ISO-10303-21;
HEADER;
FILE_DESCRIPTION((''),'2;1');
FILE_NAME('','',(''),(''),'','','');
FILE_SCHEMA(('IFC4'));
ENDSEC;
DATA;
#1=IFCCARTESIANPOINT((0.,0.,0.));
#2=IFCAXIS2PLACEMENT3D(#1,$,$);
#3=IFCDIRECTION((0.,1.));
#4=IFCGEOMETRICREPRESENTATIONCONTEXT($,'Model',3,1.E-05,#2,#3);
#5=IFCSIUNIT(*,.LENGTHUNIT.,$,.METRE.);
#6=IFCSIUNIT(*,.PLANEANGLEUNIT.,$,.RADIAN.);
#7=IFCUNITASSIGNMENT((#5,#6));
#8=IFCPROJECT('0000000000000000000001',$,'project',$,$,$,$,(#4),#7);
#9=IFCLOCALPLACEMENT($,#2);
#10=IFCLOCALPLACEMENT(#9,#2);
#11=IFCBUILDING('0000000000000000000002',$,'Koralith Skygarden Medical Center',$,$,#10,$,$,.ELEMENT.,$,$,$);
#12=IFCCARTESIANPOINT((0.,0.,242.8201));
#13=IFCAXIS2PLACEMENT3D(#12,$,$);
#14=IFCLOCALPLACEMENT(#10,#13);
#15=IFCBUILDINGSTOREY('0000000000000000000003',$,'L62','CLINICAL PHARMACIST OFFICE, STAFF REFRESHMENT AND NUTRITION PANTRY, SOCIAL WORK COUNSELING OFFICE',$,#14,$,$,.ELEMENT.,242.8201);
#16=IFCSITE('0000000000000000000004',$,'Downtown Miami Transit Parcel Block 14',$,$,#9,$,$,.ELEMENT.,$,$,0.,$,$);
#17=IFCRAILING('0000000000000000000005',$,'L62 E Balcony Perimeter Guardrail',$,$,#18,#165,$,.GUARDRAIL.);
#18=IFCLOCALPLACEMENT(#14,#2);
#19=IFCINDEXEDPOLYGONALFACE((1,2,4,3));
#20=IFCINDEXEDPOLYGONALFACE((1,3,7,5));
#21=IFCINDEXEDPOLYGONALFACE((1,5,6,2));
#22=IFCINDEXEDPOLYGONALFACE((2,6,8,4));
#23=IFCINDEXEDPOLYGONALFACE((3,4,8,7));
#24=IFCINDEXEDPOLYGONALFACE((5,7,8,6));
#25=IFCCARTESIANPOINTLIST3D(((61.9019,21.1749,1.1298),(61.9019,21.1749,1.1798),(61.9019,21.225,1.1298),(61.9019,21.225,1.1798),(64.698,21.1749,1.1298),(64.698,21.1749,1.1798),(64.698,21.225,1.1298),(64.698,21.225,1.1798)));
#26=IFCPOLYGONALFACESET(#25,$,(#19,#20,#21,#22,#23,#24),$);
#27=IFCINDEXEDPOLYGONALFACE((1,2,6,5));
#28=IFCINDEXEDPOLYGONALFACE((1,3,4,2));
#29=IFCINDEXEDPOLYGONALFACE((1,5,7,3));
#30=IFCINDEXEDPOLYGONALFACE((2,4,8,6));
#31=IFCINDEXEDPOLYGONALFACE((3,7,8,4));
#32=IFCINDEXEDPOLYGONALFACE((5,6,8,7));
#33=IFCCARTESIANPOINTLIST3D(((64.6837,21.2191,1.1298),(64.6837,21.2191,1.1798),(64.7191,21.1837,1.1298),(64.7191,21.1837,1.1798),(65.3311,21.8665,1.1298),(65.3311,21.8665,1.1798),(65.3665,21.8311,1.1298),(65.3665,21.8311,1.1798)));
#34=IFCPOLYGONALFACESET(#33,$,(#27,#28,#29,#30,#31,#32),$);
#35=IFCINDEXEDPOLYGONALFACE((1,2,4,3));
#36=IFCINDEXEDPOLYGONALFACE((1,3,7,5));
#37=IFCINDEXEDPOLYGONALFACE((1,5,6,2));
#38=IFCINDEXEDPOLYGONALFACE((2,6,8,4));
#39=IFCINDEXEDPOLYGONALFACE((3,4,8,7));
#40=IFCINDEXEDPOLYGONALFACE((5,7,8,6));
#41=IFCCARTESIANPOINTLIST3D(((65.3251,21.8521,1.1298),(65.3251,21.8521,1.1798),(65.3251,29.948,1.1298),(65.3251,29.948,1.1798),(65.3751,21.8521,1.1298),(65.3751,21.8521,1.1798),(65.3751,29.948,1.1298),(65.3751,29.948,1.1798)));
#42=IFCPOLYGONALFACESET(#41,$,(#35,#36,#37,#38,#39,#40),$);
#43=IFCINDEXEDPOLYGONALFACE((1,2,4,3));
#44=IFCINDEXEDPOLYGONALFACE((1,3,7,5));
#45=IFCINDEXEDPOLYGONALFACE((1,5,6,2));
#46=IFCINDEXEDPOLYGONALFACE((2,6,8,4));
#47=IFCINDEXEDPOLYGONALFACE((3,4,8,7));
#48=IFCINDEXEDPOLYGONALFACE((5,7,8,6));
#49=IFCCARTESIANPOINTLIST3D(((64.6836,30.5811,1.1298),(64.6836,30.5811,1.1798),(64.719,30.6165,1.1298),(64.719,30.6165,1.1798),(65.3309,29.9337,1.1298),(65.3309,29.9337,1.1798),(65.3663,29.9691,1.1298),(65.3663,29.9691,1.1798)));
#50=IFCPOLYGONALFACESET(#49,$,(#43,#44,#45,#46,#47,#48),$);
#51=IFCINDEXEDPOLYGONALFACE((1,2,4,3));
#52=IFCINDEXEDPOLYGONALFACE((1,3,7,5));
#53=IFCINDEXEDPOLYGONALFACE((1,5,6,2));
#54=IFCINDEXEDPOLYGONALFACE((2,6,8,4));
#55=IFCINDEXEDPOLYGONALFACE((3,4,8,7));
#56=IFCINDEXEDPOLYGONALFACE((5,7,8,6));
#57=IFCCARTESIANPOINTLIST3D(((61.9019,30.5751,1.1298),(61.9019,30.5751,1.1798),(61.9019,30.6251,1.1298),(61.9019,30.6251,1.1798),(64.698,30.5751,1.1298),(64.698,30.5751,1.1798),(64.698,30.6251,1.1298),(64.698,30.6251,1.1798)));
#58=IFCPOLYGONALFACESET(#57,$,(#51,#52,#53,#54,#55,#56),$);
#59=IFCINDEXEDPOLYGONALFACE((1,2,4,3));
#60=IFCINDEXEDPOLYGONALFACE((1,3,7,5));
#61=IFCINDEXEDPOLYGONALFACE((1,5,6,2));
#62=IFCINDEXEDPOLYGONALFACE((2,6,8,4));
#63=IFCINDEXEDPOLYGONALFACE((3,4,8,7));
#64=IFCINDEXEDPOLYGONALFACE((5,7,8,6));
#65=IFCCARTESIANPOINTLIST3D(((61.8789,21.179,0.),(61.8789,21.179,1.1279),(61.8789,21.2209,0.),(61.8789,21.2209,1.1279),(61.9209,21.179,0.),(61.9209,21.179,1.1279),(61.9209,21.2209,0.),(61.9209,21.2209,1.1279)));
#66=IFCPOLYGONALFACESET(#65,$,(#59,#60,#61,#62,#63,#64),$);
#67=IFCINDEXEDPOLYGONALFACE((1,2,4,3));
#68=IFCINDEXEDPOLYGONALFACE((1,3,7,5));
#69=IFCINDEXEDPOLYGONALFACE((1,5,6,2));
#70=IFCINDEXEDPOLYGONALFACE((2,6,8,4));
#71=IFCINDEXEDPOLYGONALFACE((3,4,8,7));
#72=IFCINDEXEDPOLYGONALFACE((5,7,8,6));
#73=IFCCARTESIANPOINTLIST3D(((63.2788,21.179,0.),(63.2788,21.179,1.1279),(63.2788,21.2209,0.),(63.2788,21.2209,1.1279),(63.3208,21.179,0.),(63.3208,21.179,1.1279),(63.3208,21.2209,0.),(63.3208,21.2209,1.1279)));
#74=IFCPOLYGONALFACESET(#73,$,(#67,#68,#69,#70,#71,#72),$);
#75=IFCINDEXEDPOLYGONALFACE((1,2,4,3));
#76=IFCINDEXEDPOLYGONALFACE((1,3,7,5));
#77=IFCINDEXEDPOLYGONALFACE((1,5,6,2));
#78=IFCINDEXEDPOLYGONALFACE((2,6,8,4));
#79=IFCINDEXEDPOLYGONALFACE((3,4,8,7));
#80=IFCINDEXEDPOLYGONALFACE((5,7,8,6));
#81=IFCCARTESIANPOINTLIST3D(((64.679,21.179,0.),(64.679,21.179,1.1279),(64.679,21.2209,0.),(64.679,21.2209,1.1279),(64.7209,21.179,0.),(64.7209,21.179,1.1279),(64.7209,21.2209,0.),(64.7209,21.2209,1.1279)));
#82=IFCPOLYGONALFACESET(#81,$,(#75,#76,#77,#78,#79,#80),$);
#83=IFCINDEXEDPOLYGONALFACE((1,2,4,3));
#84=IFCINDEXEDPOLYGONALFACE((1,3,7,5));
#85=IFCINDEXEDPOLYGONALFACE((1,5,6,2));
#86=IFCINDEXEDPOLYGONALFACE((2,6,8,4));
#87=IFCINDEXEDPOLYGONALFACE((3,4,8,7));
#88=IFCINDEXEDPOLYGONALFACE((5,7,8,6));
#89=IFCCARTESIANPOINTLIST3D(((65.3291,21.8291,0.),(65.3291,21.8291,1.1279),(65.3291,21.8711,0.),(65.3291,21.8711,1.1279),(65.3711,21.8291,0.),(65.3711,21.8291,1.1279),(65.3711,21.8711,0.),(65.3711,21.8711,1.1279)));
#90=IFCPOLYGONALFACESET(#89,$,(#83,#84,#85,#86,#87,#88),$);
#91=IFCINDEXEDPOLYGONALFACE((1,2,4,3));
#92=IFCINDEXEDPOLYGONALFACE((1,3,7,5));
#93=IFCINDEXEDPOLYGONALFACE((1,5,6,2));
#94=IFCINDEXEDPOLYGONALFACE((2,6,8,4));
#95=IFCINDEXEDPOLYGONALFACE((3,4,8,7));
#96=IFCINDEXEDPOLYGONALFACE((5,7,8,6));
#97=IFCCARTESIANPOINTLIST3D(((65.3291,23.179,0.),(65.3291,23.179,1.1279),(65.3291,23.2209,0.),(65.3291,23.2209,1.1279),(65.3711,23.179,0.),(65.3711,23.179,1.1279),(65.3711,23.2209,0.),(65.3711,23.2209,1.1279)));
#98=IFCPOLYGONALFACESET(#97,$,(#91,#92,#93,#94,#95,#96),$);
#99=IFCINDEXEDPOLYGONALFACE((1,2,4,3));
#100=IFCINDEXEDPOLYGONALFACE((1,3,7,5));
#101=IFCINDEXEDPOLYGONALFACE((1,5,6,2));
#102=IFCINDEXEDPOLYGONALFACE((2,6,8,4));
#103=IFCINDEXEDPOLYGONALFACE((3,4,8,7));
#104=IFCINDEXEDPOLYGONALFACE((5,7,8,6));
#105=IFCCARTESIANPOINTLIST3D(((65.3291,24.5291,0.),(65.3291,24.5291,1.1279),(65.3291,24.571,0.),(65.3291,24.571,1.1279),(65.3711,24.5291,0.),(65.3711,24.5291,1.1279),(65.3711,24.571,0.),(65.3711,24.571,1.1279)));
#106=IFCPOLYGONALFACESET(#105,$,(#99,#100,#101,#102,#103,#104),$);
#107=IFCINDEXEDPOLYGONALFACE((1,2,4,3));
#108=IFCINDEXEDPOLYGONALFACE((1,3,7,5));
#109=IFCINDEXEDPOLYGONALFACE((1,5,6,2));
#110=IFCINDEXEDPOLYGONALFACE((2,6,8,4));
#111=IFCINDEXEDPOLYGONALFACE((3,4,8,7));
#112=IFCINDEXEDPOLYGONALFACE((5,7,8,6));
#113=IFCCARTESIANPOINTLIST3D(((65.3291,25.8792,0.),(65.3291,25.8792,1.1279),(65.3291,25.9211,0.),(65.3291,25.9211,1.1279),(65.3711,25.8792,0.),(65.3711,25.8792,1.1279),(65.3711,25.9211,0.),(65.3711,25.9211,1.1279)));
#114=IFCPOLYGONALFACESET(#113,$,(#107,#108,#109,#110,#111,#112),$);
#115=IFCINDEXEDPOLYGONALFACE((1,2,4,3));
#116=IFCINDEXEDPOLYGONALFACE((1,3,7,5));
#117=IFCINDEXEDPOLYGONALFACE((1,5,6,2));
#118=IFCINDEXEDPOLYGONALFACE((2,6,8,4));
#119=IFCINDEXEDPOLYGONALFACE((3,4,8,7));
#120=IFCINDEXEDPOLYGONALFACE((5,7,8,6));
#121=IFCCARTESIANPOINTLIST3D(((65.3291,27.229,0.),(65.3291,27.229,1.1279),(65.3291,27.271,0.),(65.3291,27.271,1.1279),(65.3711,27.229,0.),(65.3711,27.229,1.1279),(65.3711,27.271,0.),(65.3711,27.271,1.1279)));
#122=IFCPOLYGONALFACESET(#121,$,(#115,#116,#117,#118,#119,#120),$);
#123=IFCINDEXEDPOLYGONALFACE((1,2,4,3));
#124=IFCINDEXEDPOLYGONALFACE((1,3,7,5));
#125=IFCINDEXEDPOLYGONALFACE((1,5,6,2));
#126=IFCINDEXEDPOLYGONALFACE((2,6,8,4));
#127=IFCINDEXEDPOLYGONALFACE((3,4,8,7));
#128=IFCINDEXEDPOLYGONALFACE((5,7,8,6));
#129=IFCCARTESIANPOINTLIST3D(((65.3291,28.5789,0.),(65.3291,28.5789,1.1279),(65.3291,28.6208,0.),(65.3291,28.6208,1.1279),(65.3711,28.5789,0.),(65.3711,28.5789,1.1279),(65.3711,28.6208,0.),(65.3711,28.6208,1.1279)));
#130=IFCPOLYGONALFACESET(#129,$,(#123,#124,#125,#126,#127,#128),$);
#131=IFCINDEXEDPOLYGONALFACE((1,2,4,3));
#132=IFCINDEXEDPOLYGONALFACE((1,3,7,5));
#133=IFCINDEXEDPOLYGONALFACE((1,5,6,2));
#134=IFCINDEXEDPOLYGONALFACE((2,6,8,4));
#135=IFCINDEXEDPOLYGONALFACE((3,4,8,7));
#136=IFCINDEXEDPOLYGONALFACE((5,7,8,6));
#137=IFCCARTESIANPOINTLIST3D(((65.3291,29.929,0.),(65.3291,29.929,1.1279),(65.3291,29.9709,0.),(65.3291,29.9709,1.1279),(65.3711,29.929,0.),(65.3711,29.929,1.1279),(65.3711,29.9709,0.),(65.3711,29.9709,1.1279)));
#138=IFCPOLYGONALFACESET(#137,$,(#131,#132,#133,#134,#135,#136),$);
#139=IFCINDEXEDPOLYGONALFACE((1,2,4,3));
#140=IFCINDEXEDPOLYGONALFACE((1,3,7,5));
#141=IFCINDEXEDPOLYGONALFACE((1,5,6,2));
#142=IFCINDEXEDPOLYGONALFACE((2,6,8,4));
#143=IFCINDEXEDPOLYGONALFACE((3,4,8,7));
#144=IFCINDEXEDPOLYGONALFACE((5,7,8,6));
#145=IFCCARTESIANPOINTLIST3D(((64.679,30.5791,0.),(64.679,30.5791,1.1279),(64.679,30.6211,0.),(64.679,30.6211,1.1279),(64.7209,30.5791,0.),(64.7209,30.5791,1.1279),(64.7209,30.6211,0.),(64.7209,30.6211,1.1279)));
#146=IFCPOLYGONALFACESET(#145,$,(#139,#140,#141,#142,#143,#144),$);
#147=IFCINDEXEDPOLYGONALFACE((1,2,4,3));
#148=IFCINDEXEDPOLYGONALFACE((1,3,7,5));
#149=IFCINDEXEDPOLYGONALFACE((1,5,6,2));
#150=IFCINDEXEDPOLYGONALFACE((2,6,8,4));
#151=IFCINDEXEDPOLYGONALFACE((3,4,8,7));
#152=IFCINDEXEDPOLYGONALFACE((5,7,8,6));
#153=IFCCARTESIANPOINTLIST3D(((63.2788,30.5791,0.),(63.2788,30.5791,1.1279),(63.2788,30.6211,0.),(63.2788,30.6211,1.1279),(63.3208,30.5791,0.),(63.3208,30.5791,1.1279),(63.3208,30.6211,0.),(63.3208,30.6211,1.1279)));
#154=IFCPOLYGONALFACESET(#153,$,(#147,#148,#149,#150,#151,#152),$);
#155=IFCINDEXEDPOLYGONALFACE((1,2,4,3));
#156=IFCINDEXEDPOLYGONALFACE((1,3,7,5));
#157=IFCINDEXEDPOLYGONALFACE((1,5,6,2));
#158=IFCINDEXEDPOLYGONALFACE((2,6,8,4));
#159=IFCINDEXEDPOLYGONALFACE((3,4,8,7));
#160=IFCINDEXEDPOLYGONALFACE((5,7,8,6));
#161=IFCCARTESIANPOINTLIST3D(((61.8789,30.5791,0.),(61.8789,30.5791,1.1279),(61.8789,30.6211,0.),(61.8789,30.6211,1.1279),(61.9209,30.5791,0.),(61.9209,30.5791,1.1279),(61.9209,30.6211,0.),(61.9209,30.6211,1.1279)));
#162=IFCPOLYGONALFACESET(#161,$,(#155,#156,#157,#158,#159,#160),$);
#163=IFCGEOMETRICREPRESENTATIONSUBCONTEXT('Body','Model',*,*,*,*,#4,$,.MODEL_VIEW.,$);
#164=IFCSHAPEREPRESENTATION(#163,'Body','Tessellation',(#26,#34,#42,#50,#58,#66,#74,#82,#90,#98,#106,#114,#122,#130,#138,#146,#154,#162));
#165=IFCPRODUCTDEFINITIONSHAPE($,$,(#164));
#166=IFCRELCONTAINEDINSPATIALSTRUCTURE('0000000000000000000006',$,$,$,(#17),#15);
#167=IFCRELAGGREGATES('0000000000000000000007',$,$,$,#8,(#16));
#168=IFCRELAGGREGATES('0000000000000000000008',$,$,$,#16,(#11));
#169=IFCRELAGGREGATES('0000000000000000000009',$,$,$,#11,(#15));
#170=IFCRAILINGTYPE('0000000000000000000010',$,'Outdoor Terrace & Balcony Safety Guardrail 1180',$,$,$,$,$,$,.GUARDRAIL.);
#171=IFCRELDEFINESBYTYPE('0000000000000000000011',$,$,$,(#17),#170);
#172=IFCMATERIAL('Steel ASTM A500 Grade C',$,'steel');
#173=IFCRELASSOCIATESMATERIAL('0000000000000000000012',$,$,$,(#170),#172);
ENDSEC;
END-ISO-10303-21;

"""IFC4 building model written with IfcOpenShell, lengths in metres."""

from ifc_helpers import new_model, si_unit, direction, frame, origin, origin_2d, place, context, subcontext, project, spatial, rectangle, extrude, material, type_object, element, save


model = new_model("IFC4")

# Units and contexts
model_context = context("Model", 3, precision=1e-05, world=origin(), true_north=direction((0.0, 1.0)))
body_context = subcontext(model_context, "Body", "Model", "MODEL_VIEW")
ifc_project = project(units=[si_unit("LENGTHUNIT", "METRE"), si_unit("PLANEANGLEUNIT", "RADIAN")], contexts=[model_context])

# Site, building, storey
site_placement = place(None, origin())
site = spatial("IfcSite", under=ifc_project, at=site_placement, Name="Downtown Miami Transit Parcel Block 14", CompositionType="ELEMENT", RefElevation=0.0)
building_placement = place(site_placement, origin())
building = spatial("IfcBuilding", under=site, at=building_placement, Name="Koralith Skygarden Medical Center", CompositionType="ELEMENT")
storey_placement = place(building_placement, frame((0.0, 0.0, 242.8201)))
storey = spatial("IfcBuildingStorey", under=building, at=storey_placement, Name="L62", Description="CLINICAL PHARMACIST OFFICE, STAFF REFRESHMENT AND NUTRITION PANTRY, SOCIAL WORK COUNSELING OFFICE", CompositionType="ELEMENT", Elevation=242.8201)

# Railing
ifc_material_1 = material(Name="Steel ASTM A500 Grade C", Category="steel")
railing_type = type_object("IfcRailingType", Name="Outdoor Terrace & Balcony Safety Guardrail 1180", PredefinedType="GUARDRAIL", material=ifc_material_1)
railing_placement = place(storey_placement, frame((61.8999, 21.2, 0.0)))
element("IfcRailing", 1, at=railing_placement, inside=storey, type_object=railing_type, Name="L62 E Balcony Perimeter Guardrail", PredefinedType="GUARDRAIL", context=body_context, shape_type="SweptSolid", body=[
    extrude(rectangle(XDim=0.05, YDim=0.05, at=origin_2d()), frame((0.002, 0.0, 1.1548), z_axis=(1.0, 0.0, 0.0), x_axis=(0.0, 1.0, 0.0)), (0.0, 0.0, 1.0), 2.7961),
    extrude(rectangle(XDim=0.05, YDim=0.05, at=origin_2d()), frame((2.8015, 0.0015, 1.1548), z_axis=(0.707107, 0.707107, 0.0), x_axis=(-0.707107, 0.707107, 0.0)), (0.0, 0.0, 1.0), 0.9155),
    extrude(rectangle(XDim=0.05, YDim=0.05, at=origin_2d()), frame((3.4502, 0.6521, 1.1548), z_axis=(0.0, 1.0, 0.0), x_axis=(-1.0, 0.0, 0.0)), (0.0, 0.0, 1.0), 8.0959),
    extrude(rectangle(XDim=0.05, YDim=0.05, at=origin_2d()), frame((3.4487, 8.7515, 1.1548), z_axis=(-0.707107, 0.707107, 0.0), x_axis=(-0.707107, -0.707107, 0.0)), (0.0, 0.0, 1.0), 0.9155),
    extrude(rectangle(XDim=0.05, YDim=0.05, at=origin_2d()), frame((2.7981, 9.4001, 1.1548), z_axis=(-1.0, 0.0, 0.0), x_axis=(0.0, -1.0, 0.0)), (0.0, 0.0, 1.0), 2.7961),
    extrude(rectangle(XDim=0.042, YDim=0.042, at=origin_2d()), origin(), (0.0, 0.0, 1.0), 1.1279),
    extrude(rectangle(XDim=0.042, YDim=0.042, at=origin_2d()), frame((1.3999, 0.0, 0.0)), (0.0, 0.0, 1.0), 1.1279),
    extrude(rectangle(XDim=0.042, YDim=0.042, at=origin_2d()), frame((2.8, 0.0, 0.0)), (0.0, 0.0, 1.0), 1.1279),
    extrude(rectangle(XDim=0.042, YDim=0.042, at=origin_2d()), frame((3.4502, 0.6501, 0.0)), (0.0, 0.0, 1.0), 1.1279),
    extrude(rectangle(XDim=0.042, YDim=0.042, at=origin_2d()), frame((3.4502, 2.0, 0.0)), (0.0, 0.0, 1.0), 1.1279),
    extrude(rectangle(XDim=0.042, YDim=0.042, at=origin_2d()), frame((3.4502, 3.3501, 0.0)), (0.0, 0.0, 1.0), 1.1279),
    extrude(rectangle(XDim=0.042, YDim=0.042, at=origin_2d()), frame((3.4502, 4.7002, 0.0)), (0.0, 0.0, 1.0), 1.1279),
    extrude(rectangle(XDim=0.042, YDim=0.042, at=origin_2d()), frame((3.4502, 6.05, 0.0)), (0.0, 0.0, 1.0), 1.1279),
    extrude(rectangle(XDim=0.042, YDim=0.042, at=origin_2d()), frame((3.4502, 7.3999, 0.0)), (0.0, 0.0, 1.0), 1.1279),
    extrude(rectangle(XDim=0.042, YDim=0.042, at=origin_2d()), frame((3.4502, 8.75, 0.0)), (0.0, 0.0, 1.0), 1.1279),
    extrude(rectangle(XDim=0.042, YDim=0.042, at=origin_2d()), frame((2.8, 9.4001, 0.0)), (0.0, 0.0, 1.0), 1.1279),
    extrude(rectangle(XDim=0.042, YDim=0.042, at=origin_2d()), frame((1.3999, 9.4001, 0.0)), (0.0, 0.0, 1.0), 1.1279),
    extrude(rectangle(XDim=0.042, YDim=0.042, at=origin_2d()), frame((0.0, 9.4001, 0.0)), (0.0, 0.0, 1.0), 1.1279),
])

save(model, "model.ifc")
